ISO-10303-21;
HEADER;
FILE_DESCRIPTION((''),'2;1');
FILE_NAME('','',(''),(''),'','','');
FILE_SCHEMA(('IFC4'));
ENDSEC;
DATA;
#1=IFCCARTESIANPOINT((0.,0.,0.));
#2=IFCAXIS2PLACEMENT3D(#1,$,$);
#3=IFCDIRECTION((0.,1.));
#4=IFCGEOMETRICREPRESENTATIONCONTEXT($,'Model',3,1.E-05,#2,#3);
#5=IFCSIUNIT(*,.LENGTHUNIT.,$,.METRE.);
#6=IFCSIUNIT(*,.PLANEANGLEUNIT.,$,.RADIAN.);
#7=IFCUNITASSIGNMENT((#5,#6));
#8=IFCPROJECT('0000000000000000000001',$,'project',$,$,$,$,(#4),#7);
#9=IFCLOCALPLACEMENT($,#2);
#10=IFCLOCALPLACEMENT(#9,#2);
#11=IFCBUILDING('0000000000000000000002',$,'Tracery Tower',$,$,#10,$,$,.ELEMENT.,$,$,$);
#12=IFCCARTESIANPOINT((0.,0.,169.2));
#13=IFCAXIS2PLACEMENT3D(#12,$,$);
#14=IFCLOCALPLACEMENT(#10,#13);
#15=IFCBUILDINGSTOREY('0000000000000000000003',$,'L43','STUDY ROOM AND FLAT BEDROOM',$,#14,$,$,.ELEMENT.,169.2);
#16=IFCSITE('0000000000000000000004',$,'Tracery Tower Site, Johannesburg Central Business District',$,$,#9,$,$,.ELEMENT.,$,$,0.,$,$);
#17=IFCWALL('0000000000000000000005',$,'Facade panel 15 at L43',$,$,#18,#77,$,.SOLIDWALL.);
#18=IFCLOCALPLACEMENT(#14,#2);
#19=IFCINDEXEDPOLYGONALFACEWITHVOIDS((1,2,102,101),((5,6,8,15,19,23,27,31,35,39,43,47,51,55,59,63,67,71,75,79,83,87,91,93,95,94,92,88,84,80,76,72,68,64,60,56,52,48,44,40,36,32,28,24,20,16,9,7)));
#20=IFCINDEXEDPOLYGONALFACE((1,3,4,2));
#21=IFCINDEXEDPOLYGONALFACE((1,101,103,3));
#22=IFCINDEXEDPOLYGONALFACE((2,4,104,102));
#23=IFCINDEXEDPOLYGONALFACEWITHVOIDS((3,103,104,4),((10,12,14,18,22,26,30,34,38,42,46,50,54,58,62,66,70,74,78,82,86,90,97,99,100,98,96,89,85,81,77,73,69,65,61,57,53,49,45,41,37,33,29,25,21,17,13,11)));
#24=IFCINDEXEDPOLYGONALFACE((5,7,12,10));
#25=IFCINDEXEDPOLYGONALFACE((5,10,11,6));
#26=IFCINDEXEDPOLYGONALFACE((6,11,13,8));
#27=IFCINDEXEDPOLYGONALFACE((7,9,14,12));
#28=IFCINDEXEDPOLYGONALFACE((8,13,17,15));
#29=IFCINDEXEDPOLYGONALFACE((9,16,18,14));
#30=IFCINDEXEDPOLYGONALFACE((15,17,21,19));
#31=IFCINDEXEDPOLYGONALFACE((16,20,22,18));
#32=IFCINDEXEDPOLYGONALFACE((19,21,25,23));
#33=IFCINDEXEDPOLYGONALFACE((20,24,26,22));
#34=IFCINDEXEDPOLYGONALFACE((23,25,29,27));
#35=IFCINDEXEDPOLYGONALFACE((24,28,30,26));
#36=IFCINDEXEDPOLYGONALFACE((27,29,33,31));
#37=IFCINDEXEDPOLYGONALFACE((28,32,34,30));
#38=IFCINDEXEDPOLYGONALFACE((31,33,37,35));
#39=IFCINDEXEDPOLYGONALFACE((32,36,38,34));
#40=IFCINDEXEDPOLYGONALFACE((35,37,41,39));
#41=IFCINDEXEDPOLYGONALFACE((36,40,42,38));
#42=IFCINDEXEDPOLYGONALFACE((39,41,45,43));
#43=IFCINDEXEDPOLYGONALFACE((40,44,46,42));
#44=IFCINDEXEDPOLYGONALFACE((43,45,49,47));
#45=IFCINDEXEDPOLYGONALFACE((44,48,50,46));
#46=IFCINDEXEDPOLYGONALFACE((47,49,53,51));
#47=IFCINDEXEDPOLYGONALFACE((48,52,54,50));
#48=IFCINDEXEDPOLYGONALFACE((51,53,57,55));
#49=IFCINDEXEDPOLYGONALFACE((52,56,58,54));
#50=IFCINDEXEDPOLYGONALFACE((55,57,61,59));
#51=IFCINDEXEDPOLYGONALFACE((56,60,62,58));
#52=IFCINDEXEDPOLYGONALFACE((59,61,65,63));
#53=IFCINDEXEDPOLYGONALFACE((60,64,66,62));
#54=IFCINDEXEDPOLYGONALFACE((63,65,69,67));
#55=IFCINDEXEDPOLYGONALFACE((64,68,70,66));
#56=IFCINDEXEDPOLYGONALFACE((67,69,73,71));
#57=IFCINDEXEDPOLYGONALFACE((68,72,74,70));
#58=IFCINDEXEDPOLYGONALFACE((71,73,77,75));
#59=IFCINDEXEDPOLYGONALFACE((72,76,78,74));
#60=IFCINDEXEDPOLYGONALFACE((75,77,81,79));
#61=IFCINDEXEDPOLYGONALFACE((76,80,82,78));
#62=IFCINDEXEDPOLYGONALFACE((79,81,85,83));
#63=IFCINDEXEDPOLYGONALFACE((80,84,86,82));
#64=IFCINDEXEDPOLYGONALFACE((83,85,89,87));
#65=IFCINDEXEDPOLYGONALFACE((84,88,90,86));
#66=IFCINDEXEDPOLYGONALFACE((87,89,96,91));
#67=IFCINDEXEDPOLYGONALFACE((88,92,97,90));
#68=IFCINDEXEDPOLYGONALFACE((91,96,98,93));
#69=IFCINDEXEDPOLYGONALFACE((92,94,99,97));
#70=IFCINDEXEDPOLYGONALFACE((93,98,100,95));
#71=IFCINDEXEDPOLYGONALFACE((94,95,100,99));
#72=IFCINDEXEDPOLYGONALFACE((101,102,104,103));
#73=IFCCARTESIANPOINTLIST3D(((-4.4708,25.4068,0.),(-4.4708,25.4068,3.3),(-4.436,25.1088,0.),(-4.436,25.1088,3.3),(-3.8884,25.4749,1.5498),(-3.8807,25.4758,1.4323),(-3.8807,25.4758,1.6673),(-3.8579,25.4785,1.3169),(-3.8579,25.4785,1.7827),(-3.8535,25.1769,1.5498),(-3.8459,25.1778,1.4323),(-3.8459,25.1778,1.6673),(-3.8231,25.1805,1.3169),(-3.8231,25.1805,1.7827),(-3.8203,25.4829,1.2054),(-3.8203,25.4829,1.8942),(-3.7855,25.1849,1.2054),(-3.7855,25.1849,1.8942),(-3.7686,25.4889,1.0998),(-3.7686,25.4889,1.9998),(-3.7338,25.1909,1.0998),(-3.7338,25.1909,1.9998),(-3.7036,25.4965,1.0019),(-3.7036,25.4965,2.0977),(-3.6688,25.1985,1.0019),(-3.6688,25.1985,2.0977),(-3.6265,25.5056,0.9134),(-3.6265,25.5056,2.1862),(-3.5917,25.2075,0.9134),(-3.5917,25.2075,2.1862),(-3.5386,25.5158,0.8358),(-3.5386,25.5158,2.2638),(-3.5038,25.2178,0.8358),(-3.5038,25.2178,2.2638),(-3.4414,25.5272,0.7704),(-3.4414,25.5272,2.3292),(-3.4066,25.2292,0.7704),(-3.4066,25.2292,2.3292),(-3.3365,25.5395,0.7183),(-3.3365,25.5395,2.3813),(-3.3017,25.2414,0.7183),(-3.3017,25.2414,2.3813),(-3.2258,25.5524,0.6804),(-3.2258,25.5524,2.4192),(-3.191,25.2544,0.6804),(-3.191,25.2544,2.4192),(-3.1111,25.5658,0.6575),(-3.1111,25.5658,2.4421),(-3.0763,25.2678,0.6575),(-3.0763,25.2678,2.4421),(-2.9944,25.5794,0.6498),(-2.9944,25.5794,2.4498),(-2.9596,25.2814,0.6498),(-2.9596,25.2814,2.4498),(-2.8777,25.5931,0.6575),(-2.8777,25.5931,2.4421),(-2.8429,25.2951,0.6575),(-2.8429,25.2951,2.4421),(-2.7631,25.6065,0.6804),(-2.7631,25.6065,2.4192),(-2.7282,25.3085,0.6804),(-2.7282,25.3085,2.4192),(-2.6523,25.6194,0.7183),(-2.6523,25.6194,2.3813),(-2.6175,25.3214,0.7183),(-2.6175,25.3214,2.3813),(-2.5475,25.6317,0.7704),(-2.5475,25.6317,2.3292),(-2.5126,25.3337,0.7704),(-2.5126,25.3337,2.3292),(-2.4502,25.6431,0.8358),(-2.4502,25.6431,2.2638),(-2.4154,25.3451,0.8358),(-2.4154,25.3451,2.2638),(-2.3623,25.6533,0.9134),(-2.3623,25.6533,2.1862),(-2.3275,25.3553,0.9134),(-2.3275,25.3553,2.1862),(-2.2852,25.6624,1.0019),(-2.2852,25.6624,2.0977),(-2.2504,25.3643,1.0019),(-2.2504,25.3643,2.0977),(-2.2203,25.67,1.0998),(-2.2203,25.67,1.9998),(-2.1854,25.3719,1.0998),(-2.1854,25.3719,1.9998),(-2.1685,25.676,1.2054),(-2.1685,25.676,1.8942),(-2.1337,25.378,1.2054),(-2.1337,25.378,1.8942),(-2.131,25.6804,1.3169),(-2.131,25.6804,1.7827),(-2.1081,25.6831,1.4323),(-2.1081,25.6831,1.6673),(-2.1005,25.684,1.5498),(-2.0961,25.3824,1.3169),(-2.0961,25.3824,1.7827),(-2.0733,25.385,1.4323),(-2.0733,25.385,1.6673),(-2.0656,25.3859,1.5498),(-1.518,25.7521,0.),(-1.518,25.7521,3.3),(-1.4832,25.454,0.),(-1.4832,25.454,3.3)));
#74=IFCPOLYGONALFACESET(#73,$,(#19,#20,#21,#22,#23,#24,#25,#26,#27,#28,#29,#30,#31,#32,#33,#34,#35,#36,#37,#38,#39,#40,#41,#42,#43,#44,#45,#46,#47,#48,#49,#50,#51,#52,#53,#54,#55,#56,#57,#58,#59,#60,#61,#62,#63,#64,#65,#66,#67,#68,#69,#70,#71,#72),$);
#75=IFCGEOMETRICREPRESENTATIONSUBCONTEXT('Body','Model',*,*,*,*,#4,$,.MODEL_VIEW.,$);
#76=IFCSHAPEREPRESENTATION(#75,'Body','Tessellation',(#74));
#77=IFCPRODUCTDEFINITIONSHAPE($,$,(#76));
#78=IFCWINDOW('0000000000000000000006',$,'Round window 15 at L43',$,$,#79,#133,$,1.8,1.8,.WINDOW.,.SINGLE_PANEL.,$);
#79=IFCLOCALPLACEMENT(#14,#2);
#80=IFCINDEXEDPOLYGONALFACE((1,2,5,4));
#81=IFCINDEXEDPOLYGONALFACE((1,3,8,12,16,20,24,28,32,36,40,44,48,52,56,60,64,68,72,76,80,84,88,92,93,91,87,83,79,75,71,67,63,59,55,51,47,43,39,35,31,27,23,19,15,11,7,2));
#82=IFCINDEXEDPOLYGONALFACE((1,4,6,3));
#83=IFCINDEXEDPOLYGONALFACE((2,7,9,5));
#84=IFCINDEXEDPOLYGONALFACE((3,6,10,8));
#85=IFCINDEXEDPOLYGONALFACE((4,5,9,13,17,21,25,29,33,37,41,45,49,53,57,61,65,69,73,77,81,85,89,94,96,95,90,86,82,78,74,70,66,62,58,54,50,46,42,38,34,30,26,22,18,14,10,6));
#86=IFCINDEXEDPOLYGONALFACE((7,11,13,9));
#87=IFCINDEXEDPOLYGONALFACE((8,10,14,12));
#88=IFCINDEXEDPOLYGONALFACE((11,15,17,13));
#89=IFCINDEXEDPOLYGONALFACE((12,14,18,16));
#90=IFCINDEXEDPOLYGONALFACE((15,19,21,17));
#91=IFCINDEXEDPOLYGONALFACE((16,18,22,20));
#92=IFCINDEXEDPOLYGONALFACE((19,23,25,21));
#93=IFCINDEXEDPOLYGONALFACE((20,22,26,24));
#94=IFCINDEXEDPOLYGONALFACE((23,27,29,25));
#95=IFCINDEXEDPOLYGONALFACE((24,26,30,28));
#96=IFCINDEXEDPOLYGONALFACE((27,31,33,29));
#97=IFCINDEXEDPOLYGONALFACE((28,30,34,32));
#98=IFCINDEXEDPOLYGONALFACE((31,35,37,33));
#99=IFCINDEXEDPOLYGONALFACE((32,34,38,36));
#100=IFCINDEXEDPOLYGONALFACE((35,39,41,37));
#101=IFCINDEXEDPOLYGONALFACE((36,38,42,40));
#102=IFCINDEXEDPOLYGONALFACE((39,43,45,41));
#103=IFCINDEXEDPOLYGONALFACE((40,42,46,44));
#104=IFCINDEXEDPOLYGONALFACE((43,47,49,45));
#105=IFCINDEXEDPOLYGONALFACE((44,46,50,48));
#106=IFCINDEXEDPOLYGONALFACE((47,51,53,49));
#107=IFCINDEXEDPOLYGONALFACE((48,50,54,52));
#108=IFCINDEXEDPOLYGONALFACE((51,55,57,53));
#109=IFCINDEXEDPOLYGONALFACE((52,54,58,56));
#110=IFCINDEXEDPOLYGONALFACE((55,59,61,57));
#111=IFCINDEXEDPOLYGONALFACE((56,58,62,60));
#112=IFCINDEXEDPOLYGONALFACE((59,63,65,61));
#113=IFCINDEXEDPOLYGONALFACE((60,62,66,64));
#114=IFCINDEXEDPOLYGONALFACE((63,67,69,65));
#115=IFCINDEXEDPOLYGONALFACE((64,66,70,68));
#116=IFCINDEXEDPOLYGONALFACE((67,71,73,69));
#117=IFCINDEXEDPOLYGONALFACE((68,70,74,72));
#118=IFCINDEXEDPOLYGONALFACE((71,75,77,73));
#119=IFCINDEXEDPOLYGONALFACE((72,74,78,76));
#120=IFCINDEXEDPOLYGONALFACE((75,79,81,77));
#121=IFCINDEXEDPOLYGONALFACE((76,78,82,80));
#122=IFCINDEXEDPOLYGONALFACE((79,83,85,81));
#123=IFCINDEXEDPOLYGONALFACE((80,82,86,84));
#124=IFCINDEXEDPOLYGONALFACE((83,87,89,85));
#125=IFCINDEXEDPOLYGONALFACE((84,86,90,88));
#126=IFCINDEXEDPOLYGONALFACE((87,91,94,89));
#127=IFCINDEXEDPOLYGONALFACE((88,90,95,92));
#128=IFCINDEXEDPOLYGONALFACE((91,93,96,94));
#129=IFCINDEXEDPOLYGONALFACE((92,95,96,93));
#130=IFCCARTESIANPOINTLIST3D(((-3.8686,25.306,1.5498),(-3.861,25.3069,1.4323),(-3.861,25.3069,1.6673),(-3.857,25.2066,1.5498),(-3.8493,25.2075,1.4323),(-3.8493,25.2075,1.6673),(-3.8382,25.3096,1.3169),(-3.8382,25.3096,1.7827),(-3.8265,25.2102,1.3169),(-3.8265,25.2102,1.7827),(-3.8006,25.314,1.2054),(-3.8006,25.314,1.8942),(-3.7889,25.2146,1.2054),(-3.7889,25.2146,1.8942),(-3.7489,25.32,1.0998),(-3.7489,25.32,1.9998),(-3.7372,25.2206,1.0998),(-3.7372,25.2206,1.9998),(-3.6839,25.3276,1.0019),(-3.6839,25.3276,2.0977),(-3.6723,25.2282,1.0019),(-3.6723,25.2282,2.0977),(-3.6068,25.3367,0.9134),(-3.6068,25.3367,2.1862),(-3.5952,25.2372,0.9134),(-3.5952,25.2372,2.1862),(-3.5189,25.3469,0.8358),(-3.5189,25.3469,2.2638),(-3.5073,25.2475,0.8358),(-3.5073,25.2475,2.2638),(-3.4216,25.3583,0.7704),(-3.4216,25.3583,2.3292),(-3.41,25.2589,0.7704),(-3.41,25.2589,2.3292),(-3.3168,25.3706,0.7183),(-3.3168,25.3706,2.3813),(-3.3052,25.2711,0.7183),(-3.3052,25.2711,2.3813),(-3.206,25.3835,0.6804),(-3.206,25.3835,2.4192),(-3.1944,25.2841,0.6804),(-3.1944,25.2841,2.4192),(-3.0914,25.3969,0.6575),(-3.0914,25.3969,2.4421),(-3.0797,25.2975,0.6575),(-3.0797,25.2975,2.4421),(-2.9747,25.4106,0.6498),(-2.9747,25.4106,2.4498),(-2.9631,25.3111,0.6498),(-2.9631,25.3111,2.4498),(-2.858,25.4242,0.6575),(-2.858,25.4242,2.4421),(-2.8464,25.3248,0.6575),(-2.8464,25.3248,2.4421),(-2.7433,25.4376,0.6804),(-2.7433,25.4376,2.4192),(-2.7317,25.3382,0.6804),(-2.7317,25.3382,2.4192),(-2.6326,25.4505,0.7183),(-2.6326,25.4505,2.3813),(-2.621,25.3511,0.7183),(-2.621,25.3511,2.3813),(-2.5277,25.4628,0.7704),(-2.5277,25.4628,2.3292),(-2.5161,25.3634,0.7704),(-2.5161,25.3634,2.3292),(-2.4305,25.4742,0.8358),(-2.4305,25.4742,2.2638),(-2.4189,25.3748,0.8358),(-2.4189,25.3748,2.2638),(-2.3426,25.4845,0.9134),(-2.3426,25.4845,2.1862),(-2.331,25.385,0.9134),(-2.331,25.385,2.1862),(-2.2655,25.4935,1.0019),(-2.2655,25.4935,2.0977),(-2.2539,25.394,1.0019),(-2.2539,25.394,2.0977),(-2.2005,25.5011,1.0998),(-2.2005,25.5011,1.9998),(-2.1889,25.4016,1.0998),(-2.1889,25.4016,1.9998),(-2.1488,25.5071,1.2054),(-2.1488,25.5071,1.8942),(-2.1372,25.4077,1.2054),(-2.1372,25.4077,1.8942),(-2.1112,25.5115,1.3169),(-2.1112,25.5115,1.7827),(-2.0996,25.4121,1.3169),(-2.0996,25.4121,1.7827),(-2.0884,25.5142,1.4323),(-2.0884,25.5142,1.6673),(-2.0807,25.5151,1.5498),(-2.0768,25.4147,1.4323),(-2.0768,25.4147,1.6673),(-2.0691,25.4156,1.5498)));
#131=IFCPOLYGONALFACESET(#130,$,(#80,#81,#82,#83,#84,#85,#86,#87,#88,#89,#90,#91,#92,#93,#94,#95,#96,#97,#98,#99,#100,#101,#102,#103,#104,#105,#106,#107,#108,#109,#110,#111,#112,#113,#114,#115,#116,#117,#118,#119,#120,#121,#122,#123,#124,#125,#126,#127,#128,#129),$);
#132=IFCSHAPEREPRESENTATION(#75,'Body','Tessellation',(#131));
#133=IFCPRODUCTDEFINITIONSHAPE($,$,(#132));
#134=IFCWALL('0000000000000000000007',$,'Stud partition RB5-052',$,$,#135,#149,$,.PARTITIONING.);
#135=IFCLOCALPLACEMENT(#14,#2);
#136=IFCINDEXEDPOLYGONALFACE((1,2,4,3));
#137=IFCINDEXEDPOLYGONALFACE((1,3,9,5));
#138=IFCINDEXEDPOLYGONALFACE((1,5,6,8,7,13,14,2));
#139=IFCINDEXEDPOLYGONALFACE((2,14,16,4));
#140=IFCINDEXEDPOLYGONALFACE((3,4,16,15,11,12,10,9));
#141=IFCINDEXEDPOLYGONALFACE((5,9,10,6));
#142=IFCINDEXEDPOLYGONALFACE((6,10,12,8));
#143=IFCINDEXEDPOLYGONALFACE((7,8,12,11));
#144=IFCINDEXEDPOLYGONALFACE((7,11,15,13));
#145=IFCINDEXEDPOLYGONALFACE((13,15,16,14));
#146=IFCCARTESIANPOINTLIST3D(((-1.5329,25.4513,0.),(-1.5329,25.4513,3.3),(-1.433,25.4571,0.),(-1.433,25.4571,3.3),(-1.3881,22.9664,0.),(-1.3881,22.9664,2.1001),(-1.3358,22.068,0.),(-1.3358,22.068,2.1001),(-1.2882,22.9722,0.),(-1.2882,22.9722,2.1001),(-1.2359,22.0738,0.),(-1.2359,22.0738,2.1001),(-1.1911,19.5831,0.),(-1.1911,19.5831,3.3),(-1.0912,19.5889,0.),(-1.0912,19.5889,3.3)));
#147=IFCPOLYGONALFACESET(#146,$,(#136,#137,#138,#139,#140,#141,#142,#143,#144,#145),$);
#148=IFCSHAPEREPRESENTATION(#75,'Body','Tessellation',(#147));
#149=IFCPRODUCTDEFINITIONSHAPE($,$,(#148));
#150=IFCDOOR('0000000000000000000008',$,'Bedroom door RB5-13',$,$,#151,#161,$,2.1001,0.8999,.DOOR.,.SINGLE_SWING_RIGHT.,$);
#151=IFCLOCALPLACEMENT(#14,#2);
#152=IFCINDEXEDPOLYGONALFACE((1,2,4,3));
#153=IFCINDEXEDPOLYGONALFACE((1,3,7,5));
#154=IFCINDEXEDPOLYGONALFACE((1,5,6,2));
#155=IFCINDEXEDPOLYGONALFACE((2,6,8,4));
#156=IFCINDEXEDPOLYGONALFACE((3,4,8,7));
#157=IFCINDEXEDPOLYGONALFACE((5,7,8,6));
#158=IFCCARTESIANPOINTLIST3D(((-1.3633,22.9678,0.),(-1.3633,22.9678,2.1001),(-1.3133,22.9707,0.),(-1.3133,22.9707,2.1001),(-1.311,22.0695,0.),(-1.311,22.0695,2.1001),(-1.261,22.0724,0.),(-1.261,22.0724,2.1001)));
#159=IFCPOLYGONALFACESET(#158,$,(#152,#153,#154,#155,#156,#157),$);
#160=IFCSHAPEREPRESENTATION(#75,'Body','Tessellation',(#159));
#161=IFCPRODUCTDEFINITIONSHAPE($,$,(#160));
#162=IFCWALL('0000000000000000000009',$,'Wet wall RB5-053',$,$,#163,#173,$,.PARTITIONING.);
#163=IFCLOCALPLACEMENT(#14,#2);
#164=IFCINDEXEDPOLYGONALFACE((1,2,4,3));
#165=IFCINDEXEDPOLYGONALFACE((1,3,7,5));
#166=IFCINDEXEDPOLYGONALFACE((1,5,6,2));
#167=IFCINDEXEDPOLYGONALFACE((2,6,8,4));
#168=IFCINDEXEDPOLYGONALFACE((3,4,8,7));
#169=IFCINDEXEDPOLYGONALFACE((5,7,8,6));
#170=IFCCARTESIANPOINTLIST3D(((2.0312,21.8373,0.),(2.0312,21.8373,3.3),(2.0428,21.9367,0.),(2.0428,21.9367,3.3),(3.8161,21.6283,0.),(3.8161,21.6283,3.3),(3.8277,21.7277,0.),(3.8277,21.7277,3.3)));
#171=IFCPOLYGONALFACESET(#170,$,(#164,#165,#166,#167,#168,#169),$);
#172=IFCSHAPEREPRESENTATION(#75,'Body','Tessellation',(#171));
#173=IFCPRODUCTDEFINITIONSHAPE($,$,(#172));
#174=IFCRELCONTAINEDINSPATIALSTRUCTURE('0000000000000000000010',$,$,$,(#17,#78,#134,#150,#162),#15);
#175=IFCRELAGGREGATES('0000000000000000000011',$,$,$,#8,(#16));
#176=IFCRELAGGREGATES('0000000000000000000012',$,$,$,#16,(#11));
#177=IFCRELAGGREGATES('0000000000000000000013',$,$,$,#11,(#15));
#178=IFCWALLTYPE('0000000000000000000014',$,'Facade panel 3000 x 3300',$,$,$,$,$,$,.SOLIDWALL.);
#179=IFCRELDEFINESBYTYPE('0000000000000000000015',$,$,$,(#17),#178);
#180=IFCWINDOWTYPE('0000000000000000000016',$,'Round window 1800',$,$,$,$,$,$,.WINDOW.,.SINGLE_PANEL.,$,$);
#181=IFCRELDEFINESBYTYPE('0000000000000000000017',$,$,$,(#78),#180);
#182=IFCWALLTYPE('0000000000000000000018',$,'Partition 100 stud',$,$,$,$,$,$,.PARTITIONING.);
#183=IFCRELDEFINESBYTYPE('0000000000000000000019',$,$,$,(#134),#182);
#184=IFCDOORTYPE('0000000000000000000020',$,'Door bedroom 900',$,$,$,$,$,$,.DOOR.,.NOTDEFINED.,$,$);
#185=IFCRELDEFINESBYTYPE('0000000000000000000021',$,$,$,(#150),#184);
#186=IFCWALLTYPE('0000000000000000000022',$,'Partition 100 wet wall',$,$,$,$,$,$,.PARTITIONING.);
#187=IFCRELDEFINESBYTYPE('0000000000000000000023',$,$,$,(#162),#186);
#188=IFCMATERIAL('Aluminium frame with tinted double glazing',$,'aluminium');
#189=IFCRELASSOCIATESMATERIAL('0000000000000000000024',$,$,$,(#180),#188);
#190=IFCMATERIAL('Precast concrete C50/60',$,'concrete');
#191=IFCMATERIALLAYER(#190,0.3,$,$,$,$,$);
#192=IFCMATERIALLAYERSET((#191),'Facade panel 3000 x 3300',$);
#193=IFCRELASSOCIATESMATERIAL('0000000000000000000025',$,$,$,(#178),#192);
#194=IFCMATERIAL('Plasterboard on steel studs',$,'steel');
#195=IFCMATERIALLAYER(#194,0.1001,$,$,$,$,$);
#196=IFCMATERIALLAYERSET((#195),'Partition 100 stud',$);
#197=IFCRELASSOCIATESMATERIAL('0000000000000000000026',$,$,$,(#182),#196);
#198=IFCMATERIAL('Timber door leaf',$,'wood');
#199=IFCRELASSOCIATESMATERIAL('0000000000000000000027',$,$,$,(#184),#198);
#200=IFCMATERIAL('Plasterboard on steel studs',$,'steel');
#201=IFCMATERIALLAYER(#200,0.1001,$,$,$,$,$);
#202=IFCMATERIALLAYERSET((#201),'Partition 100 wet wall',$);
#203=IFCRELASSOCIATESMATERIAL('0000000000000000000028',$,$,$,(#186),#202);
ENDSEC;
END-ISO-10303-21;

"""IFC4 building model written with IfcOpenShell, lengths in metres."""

from ifc_helpers import new_model, si_unit, direction, frame, frame_2d, origin, origin_2d, place, context, subcontext, project, spatial, rectangle, circle, extrude, material, layer, layer_set, type_object, element, fill, save


model = new_model("IFC4")

# Units and contexts
model_context = context("Model", 3, precision=1e-05, world=origin(), true_north=direction((0.0, 1.0)))
body_context = subcontext(model_context, "Body", "Model", "MODEL_VIEW")
ifc_project = project(units=[si_unit("LENGTHUNIT", "METRE"), si_unit("PLANEANGLEUNIT", "RADIAN")], contexts=[model_context])

# Site, building, storey
site_placement = place(None, origin())
site = spatial("IfcSite", under=ifc_project, at=site_placement, Name="Tracery Tower Site, Johannesburg Central Business District", CompositionType="ELEMENT", RefElevation=0.0)
building_placement = place(site_placement, origin())
building = spatial("IfcBuilding", under=site, at=building_placement, Name="Tracery Tower", CompositionType="ELEMENT")
storey_placement = place(building_placement, frame((0.0, 0.0, 169.2)))
storey = spatial("IfcBuildingStorey", under=building, at=storey_placement, Name="L43", Description="STUDY ROOM AND FLAT BEDROOM", CompositionType="ELEMENT", Elevation=169.2)

# Wall, opening, window
ifc_material_1 = material(Name="Aluminium frame with tinted double glazing", Category="aluminium")
window_type = type_object("IfcWindowType", Name="Round window 1800", PartitioningType="SINGLE_PANEL", PredefinedType="WINDOW", material=ifc_material_1)
ifc_material_2 = material(Name="Precast concrete C50/60", Category="concrete")
ifc_layer_1 = layer(ifc_material_2, 0.3)
ifc_layer_set_1 = layer_set([ifc_layer_1], Name="Facade panel 3000 x 3300")
wall_type_1 = type_object("IfcWallType", Name="Facade panel 3000 x 3300", PredefinedType="SOLIDWALL", material=ifc_layer_set_1)
wall_1_placement = place(storey_placement, frame((-1.5007, 25.603, 0.0), z_axis=(0.0, 0.0, 1.0), x_axis=(-0.993236, -0.116117, 0.0)))
wall_1 = element("IfcWall", 1, at=wall_1_placement, inside=storey, type_object=wall_type_1, Name="Facade panel 15 at L43", PredefinedType="SOLIDWALL", context=body_context, shape_type="SweptSolid", body=[
    extrude(rectangle(XDim=2.9729, YDim=0.3, at=frame_2d((1.4863, 0.0))), origin(), (0.0, 0.0, 1.0), 3.3),
])
opening_1_placement = place(wall_1_placement, frame((1.4863, 0.0, 1.5498)))
opening_1 = element("IfcOpeningElement", 2, at=opening_1_placement, cuts=wall_1, PredefinedType="OPENING", context=body_context, shape_type="SweptSolid", body=[
    extrude(circle(Radius=0.9, at=origin_2d()), frame((0.0, 0.1599, 0.0), z_axis=(0.0, -1.0, 0.0), x_axis=(1.0, 0.0, 0.0)), (0.0, 0.0, 1.0), 0.3201),
])
window_1_placement = place(opening_1_placement, origin())
window_1 = element("IfcWindow", 3, at=window_1_placement, inside=storey, type_object=window_type, Name="Round window 15 at L43", OverallHeight=1.8, OverallWidth=1.8, PartitioningType="SINGLE_PANEL", PredefinedType="WINDOW", context=body_context, shape_type="SweptSolid", body=[
    extrude(circle(Radius=0.9, at=origin_2d()), frame((0.0, 0.1201, 0.0), z_axis=(0.0, -1.0, 0.0), x_axis=(1.0, 0.0, 0.0)), (0.0, 0.0, 1.0), 0.1001),
])
fill(opening_1, window_1)

# Wall, opening, door
ifc_material_3 = material(Name="Plasterboard on steel studs", Category="steel")
ifc_layer_2 = layer(ifc_material_3, 0.1001)
ifc_layer_set_2 = layer_set([ifc_layer_2], Name="Partition 100 stud")
wall_type_2 = type_object("IfcWallType", Name="Partition 100 stud", PredefinedType="PARTITIONING", material=ifc_layer_set_2)
wall_2_placement = place(storey_placement, frame((-1.4829, 25.4541, 0.0), z_axis=(0.0, 0.0, 1.0), x_axis=(0.058147, -0.998308, 0.0)))
wall_2 = element("IfcWall", 4, at=wall_2_placement, inside=storey, type_object=wall_type_2, Name="Stud partition RB5-052", PredefinedType="PARTITIONING", context=body_context, shape_type="SweptSolid", body=[
    extrude(rectangle(XDim=5.8782, YDim=0.1001, at=frame_2d((2.939, 0.0))), origin(), (0.0, 0.0, 1.0), 3.3),
])
opening_2_placement = place(wall_2_placement, frame((2.489, 0.0, 0.0)))
opening_2 = element("IfcOpeningElement", 5, at=opening_2_placement, cuts=wall_2, PredefinedType="OPENING", context=body_context, shape_type="SweptSolid", body=[
    extrude(rectangle(XDim=0.8999, YDim=2.1001, at=frame_2d((0.45, 1.05))), frame((0.0, 0.05, 0.0), z_axis=(0.0, -1.0, 0.0), x_axis=(1.0, 0.0, 0.0)), (0.0, 0.0, 1.0), 0.1001),
])
ifc_material_4 = material(Name="Timber door leaf", Category="wood")
door_type_1 = type_object("IfcDoorType", Name="Door bedroom 900", OperationType="NOTDEFINED", PredefinedType="DOOR", material=ifc_material_4)
door_1_placement = place(opening_2_placement, origin())
door_1 = element("IfcDoor", 6, at=door_1_placement, inside=storey, type_object=door_type_1, Name="Bedroom door RB5-13", OperationType="SINGLE_SWING_RIGHT", OverallHeight=2.1001, OverallWidth=0.8999, PredefinedType="DOOR", context=body_context, shape_type="SweptSolid", body=[
    extrude(rectangle(XDim=0.8999, YDim=2.1001, at=frame_2d((0.45, 1.05))), frame((0.0, 0.0249, 0.0), z_axis=(0.0, -1.0, 0.0), x_axis=(1.0, 0.0, 0.0)), (0.0, 0.0, 1.0), 0.05),
])
fill(opening_2, door_1)

# Wall
ifc_material_5 = material(Name="Plasterboard on steel studs", Category="steel")
ifc_layer_3 = layer(ifc_material_5, 0.1001)
ifc_layer_set_3 = layer_set([ifc_layer_3], Name="Partition 100 wet wall")
wall_type_3 = type_object("IfcWallType", Name="Partition 100 wet wall", PredefinedType="PARTITIONING", material=ifc_layer_set_3)
wall_3_placement = place(storey_placement, frame((2.0371, 21.887, 0.0), z_axis=(0.0, 0.0, 1.0), x_axis=(0.993215, -0.116289, 0.0)))
element("IfcWall", 7, at=wall_3_placement, inside=storey, type_object=wall_type_3, Name="Wet wall RB5-053", PredefinedType="PARTITIONING", context=body_context, shape_type="SweptSolid", body=[
    extrude(rectangle(XDim=1.7971, YDim=0.1001, at=frame_2d((0.8984, 0.0))), origin(), (0.0, 0.0, 1.0), 3.3),
])

save(model, "model.ifc")
